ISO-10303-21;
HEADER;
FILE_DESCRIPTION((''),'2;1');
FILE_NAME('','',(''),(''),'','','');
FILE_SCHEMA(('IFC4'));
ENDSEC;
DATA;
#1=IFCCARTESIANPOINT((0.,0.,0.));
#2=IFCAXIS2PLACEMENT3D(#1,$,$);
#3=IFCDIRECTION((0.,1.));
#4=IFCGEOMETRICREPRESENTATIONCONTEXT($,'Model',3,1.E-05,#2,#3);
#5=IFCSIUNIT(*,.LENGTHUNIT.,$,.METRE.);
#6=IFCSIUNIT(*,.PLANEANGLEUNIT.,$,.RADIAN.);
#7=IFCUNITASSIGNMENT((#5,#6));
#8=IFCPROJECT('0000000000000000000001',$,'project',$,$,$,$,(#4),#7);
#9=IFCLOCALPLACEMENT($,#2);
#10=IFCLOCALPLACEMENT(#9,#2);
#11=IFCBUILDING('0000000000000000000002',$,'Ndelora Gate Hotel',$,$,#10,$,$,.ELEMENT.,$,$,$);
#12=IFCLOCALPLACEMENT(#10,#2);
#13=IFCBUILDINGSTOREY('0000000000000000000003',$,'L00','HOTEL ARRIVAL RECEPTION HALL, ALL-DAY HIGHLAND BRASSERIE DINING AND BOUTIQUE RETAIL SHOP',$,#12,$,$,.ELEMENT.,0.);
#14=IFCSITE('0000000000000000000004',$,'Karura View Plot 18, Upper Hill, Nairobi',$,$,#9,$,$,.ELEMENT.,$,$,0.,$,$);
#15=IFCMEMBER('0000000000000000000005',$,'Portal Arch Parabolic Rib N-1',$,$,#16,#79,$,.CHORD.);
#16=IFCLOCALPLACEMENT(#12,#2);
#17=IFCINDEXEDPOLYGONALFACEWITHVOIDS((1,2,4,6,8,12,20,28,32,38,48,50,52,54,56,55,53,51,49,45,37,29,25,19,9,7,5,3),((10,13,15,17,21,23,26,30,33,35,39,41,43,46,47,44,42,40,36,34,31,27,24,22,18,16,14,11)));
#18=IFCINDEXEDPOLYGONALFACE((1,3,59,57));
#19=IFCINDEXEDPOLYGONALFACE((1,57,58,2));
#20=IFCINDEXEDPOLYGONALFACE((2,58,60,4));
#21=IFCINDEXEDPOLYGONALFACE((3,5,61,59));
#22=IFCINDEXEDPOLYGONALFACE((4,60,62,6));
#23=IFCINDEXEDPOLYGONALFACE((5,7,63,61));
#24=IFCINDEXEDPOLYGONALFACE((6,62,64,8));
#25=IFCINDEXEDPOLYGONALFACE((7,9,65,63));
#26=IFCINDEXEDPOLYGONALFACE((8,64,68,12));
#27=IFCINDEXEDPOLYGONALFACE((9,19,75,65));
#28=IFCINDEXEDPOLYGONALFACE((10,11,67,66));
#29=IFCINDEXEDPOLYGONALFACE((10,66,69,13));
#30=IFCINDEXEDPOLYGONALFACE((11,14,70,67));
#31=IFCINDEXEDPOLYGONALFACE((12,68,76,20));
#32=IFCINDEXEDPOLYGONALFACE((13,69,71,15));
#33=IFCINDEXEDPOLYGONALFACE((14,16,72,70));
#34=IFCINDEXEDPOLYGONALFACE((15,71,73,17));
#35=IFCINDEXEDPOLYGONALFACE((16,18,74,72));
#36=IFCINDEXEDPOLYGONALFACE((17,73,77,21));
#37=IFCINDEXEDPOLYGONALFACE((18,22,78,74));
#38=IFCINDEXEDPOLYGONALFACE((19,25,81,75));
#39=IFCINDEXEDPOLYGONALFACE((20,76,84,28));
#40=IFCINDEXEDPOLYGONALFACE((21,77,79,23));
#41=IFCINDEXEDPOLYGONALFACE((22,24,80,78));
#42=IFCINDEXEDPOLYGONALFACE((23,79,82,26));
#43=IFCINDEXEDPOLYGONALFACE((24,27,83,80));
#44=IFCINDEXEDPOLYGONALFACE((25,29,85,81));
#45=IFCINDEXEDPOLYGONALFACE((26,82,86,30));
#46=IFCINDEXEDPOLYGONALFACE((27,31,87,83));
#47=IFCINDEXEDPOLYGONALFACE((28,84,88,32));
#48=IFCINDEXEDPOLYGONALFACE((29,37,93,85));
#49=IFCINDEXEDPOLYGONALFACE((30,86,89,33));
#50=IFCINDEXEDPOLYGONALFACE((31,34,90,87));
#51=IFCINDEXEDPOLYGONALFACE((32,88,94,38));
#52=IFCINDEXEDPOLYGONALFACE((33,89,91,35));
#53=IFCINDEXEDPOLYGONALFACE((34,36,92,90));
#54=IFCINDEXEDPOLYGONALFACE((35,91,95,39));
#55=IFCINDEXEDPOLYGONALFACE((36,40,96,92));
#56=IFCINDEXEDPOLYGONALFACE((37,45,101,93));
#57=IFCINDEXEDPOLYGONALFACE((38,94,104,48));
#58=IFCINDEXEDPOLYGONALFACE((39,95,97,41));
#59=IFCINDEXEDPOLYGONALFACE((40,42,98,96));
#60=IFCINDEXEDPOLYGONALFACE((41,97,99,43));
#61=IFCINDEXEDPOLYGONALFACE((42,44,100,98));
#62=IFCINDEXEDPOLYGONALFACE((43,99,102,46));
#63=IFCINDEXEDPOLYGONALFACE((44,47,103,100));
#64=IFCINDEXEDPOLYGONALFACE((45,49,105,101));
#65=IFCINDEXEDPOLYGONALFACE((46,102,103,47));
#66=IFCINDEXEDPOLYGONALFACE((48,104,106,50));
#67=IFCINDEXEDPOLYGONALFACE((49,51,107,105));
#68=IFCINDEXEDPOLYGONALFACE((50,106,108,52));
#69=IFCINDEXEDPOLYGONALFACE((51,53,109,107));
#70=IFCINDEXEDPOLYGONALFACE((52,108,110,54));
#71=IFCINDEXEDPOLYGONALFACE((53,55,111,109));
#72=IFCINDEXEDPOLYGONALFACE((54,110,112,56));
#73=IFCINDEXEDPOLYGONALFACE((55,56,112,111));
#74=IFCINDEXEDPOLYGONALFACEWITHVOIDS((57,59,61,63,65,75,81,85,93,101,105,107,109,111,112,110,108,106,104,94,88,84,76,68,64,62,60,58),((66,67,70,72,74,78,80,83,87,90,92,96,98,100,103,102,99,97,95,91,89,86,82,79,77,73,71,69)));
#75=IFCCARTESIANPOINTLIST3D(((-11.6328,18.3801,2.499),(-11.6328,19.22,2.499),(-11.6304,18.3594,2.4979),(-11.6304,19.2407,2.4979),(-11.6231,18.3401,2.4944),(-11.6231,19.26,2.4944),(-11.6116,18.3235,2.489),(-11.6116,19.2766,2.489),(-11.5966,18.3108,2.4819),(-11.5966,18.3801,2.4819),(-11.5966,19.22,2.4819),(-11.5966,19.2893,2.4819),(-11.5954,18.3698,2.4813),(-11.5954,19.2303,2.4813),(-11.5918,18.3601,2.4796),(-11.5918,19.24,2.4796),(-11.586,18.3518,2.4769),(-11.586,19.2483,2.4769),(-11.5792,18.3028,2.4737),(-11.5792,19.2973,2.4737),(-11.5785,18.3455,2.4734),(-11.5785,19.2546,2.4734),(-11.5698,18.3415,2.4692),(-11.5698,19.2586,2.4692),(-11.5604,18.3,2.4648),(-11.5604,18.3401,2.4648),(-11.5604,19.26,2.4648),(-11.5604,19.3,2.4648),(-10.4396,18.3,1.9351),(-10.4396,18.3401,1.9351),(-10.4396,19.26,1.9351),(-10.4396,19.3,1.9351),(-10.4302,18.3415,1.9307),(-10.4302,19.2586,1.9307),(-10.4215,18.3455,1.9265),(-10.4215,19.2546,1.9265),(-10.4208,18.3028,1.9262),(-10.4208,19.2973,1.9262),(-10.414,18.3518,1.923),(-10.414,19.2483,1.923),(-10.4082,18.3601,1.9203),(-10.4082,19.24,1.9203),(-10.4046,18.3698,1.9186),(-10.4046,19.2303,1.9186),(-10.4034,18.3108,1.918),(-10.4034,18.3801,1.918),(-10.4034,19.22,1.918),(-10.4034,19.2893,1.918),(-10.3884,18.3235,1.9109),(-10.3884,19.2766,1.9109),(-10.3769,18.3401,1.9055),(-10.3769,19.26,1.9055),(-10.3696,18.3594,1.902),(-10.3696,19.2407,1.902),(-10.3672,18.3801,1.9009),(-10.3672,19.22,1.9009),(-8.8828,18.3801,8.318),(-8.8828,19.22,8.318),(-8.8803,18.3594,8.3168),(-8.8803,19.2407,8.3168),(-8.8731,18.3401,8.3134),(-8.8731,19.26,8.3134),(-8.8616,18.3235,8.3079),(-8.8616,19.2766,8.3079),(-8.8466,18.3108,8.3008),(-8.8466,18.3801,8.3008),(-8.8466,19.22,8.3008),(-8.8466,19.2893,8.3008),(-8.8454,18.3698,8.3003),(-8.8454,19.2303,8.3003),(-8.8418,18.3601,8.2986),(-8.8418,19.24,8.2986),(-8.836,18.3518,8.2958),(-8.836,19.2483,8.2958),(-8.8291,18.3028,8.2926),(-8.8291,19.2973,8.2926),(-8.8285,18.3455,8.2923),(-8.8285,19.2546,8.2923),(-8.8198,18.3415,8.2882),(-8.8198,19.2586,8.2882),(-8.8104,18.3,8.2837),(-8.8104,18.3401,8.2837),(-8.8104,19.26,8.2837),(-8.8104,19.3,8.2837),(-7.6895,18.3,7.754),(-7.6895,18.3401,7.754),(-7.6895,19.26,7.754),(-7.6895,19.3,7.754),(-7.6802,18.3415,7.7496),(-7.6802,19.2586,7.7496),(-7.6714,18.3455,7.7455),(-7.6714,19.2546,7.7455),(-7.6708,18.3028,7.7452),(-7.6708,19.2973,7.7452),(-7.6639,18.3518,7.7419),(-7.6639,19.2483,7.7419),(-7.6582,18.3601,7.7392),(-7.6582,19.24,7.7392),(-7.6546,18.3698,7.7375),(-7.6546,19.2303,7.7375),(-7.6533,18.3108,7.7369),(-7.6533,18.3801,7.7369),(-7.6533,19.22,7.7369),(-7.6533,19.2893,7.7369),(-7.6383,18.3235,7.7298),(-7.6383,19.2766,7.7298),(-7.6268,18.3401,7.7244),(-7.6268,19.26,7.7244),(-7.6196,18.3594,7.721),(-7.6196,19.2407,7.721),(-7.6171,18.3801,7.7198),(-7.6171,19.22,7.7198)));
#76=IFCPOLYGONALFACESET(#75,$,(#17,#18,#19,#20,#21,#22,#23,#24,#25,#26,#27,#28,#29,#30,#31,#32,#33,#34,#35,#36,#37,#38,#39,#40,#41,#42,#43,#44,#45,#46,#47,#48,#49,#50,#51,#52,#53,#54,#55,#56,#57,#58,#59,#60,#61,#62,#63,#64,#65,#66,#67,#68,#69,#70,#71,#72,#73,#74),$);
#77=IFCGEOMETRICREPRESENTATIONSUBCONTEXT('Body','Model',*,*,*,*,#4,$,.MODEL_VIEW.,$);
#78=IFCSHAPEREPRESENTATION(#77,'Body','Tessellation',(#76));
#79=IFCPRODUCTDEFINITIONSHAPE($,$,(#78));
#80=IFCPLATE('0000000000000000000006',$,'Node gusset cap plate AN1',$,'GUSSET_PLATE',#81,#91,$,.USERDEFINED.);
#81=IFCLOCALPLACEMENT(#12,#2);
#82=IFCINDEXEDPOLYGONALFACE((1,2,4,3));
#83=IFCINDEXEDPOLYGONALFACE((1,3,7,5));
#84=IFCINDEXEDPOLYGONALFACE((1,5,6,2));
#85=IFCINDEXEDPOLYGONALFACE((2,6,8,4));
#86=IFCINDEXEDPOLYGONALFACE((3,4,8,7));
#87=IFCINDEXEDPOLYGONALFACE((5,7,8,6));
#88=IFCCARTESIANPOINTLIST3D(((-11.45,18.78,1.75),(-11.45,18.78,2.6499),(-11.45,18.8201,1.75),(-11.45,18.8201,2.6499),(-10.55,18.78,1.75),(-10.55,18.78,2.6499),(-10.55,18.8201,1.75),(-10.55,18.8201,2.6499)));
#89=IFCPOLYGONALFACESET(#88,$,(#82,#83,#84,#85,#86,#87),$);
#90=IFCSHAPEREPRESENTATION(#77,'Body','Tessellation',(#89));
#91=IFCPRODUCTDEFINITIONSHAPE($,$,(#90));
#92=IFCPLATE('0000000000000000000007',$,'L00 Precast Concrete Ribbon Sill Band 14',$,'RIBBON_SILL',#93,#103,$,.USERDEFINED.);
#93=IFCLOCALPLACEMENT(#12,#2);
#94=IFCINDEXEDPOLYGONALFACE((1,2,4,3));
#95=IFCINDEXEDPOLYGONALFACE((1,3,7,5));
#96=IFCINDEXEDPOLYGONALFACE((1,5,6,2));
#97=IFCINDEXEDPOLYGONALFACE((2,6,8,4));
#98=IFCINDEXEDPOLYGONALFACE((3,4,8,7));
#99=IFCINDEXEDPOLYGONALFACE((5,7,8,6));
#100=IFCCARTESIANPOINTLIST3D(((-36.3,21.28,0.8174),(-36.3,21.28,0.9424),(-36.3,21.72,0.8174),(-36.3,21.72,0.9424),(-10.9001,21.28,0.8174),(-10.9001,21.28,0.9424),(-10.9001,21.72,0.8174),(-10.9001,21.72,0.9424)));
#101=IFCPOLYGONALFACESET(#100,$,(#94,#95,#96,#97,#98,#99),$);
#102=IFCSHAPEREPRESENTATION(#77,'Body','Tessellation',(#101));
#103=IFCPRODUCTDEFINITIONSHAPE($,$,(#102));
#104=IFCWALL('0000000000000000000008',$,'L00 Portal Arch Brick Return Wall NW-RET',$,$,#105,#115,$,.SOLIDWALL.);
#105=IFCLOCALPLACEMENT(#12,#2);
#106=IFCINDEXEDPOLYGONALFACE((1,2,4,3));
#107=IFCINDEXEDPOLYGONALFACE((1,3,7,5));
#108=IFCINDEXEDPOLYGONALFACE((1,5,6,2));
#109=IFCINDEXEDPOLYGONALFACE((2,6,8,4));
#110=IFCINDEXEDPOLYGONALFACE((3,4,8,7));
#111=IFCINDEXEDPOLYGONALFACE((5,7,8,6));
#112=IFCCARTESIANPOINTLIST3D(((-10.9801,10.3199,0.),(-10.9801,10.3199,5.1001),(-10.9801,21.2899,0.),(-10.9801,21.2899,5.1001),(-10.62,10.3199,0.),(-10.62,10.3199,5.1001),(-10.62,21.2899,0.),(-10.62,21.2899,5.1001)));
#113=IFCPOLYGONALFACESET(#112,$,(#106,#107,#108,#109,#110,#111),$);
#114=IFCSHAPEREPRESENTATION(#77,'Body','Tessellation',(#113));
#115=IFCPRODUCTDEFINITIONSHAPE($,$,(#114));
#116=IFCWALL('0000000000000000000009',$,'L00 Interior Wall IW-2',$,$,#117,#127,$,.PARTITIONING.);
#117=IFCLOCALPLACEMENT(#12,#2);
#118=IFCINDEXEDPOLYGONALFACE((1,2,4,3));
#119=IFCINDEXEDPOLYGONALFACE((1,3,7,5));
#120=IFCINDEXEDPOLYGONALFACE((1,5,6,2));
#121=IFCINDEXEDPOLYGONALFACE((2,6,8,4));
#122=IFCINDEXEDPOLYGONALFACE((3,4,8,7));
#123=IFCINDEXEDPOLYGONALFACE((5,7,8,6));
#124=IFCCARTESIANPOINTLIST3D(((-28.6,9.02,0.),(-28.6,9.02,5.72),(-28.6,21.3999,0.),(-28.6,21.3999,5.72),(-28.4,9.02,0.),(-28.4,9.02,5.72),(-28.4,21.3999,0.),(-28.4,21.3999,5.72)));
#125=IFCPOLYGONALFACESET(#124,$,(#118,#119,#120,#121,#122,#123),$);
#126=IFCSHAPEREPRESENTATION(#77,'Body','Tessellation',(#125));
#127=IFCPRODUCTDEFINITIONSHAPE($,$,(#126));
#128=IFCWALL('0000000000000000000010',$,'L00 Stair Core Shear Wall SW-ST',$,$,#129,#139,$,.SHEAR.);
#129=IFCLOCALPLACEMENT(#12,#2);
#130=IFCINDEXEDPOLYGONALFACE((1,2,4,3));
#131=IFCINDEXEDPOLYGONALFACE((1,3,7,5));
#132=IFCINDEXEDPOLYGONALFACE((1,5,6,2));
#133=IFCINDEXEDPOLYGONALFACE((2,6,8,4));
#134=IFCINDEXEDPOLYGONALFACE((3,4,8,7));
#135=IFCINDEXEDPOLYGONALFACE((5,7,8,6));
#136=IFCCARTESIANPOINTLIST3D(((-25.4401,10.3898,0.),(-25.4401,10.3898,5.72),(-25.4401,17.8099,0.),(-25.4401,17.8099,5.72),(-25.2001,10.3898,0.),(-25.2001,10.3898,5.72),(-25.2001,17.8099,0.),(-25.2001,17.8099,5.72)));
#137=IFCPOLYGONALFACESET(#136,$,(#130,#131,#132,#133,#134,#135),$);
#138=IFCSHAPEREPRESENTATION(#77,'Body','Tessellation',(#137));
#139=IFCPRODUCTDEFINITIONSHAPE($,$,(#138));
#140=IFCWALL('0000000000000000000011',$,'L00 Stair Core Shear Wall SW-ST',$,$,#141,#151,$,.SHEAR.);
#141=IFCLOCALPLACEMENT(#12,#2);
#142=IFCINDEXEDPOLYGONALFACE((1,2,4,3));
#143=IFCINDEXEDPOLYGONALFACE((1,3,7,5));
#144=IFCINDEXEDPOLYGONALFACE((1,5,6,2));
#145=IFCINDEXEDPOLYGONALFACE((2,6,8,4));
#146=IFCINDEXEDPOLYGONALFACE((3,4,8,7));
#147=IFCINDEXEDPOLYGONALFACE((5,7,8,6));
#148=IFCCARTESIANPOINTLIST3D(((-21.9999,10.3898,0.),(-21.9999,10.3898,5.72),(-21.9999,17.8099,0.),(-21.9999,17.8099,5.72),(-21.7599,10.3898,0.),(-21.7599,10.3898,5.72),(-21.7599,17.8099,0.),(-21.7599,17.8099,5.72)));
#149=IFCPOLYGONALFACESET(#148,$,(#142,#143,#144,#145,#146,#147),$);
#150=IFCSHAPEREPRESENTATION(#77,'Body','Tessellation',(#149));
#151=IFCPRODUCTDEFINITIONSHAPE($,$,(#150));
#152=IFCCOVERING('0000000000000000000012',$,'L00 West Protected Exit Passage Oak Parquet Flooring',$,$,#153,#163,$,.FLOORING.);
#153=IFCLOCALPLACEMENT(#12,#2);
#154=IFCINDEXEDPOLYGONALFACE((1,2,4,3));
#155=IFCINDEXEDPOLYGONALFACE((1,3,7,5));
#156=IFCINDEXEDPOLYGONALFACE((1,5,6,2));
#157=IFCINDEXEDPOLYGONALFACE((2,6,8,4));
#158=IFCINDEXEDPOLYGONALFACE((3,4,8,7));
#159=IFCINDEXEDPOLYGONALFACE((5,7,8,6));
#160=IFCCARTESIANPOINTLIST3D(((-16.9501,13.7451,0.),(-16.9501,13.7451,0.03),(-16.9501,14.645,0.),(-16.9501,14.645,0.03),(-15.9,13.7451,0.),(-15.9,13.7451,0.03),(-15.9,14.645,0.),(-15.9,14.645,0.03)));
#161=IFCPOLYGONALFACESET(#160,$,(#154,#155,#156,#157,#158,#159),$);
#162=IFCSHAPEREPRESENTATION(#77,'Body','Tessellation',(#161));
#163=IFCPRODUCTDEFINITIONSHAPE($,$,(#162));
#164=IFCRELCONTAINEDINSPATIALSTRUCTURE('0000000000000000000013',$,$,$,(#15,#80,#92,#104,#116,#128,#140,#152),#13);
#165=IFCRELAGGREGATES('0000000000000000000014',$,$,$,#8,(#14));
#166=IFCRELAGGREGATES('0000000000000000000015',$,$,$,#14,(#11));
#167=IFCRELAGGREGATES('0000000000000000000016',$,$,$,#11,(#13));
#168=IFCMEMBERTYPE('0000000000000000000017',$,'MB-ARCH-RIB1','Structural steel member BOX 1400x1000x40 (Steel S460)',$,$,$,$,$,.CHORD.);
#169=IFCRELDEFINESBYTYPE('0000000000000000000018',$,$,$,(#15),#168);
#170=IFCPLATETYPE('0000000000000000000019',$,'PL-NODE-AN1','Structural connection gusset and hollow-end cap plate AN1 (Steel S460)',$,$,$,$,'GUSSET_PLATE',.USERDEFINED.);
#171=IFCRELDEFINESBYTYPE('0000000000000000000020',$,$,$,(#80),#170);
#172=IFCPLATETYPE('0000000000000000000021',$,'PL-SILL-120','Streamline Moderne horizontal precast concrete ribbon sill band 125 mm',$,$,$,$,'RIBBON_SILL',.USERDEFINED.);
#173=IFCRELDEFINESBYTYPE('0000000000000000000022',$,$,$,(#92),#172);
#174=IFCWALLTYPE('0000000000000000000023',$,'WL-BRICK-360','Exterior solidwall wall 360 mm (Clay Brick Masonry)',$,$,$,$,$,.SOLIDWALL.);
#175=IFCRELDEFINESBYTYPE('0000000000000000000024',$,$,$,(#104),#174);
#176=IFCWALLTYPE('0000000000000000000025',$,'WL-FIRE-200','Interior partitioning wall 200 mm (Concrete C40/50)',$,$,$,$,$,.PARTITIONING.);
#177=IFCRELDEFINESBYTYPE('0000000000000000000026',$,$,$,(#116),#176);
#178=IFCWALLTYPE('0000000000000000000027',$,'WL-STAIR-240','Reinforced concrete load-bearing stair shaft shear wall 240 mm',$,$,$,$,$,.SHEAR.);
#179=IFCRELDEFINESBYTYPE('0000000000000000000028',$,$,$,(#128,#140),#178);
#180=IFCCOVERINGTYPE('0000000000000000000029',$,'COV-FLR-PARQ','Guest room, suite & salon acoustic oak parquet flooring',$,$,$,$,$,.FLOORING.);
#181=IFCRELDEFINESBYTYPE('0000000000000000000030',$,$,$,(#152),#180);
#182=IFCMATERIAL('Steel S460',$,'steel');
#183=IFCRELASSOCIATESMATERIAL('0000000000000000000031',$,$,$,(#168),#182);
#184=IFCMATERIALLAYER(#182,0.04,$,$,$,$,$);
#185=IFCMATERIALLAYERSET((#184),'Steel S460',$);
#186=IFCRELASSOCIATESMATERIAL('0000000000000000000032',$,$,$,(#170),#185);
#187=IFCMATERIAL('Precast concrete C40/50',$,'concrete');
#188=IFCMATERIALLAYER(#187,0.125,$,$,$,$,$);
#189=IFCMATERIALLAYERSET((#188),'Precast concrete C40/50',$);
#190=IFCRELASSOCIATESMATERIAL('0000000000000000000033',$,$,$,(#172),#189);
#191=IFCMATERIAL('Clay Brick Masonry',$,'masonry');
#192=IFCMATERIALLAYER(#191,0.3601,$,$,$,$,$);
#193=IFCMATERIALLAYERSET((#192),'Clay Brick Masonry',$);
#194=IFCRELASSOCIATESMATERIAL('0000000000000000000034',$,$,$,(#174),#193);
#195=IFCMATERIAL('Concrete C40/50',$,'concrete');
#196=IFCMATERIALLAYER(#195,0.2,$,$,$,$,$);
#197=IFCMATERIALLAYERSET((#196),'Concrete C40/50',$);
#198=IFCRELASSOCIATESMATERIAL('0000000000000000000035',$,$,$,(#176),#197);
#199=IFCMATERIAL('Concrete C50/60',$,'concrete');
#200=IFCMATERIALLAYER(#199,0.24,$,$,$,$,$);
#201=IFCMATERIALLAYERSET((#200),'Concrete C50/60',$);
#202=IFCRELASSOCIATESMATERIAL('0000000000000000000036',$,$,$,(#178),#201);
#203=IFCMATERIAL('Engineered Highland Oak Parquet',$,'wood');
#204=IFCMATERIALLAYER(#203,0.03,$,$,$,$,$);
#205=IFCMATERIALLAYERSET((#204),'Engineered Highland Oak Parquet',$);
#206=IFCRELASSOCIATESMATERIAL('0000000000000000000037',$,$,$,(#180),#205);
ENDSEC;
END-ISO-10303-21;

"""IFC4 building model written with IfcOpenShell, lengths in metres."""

from ifc_helpers import new_model, si_unit, direction, frame, frame_2d, origin, origin_2d, place, context, subcontext, project, spatial, rectangle, hollow_rectangle, extrude, material, layer, layer_set, material_profile, profile_set, type_object, element, save


model = new_model("IFC4")

# Units and contexts
model_context = context("Model", 3, precision=1e-05, world=origin(), true_north=direction((0.0, 1.0)))
body_context = subcontext(model_context, "Body", "Model", "MODEL_VIEW")
ifc_project = project(units=[si_unit("LENGTHUNIT", "METRE"), si_unit("PLANEANGLEUNIT", "RADIAN")], contexts=[model_context])

# Site, building, storey
site_placement = place(None, origin())
site = spatial("IfcSite", under=ifc_project, at=site_placement, Name="Karura View Plot 18, Upper Hill, Nairobi", CompositionType="ELEMENT", RefElevation=0.0)
building_placement = place(site_placement, origin())
building = spatial("IfcBuilding", under=site, at=building_placement, Name="Ndelora Gate Hotel", CompositionType="ELEMENT")
storey_placement = place(building_placement, origin())
storey = spatial("IfcBuildingStorey", under=building, at=storey_placement, Name="L00", Description="HOTEL ARRIVAL RECEPTION HALL, ALL-DAY HIGHLAND BRASSERIE DINING AND BOUTIQUE RETAIL SHOP", CompositionType="ELEMENT", Elevation=0.0)

# Shared definitions
ifc_material_1 = material(Name="Concrete C50/60", Category="concrete")

# Member
ifc_material_2 = material(Name="Steel S460", Category="steel")
ifc_material_profile_1 = material_profile(ifc_material_2, hollow_rectangle(XDim=1.0, YDim=1.3999, WallThickness=0.04, InnerFilletRadius=0.04, OuterFilletRadius=0.0801, at=origin_2d()), Name="BOX 1400x1000x40")
ifc_profile_set_1 = profile_set([ifc_material_profile_1], Name="Steel S460")
member_type = type_object("IfcMemberType", Name="MB-ARCH-RIB1", Description="Structural steel member BOX 1400x1000x40 (Steel S460)", PredefinedType="CHORD", material=ifc_profile_set_1)
member_placement = place(storey_placement, frame((-11.0, 18.8, 2.2), z_axis=(0.427287, 0.0, 0.904116), x_axis=(0.0, 1.0, 0.0)))
element("IfcMember", 1, at=member_placement, inside=storey, type_object=member_type, Name="Portal Arch Parabolic Rib N-1", PredefinedType="CHORD", context=body_context, shape_type="SweptSolid", body=[
    extrude(hollow_rectangle(XDim=1.0, YDim=1.3999, WallThickness=0.04, InnerFilletRadius=0.04, OuterFilletRadius=0.0801, at=origin_2d()), origin(), (0.0, 0.0, 1.0), 6.436),
])

# Plates
ifc_layer_1 = layer(ifc_material_2, 0.04)
ifc_layer_set_1 = layer_set([ifc_layer_1], Name="Steel S460")
plate_type_1 = type_object("IfcPlateType", Name="PL-NODE-AN1", Description="Structural connection gusset and hollow-end cap plate AN1 (Steel S460)", ElementType="GUSSET_PLATE", PredefinedType="USERDEFINED", material=ifc_layer_set_1)
plate_1_placement = place(storey_placement, frame((-11.0, 18.8, 1.75), z_axis=(0.0, 0.0, 1.0), x_axis=(1.0, 0.0, 0.0)))
element("IfcPlate", 2, at=plate_1_placement, inside=storey, type_object=plate_type_1, Name="Node gusset cap plate AN1", ObjectType="GUSSET_PLATE", PredefinedType="USERDEFINED", context=body_context, shape_type="SweptSolid", body=[
    extrude(rectangle(XDim=0.8999, YDim=0.04, at=origin_2d()), origin(), (0.0, 0.0, 1.0), 0.8999),
])
ifc_material_3 = material(Name="Precast concrete C40/50", Category="concrete")
ifc_layer_2 = layer(ifc_material_3, 0.125)
ifc_layer_set_2 = layer_set([ifc_layer_2], Name="Precast concrete C40/50")
plate_type_2 = type_object("IfcPlateType", Name="PL-SILL-120", Description="Streamline Moderne horizontal precast concrete ribbon sill band 125 mm", ElementType="RIBBON_SILL", PredefinedType="USERDEFINED", material=ifc_layer_set_2)
plate_2_placement = place(storey_placement, frame((-23.6001, 21.5, 0.8174), z_axis=(0.0, 0.0, 1.0), x_axis=(1.0, 0.0, 0.0)))
element("IfcPlate", 3, at=plate_2_placement, inside=storey, type_object=plate_type_2, Name="L00 Precast Concrete Ribbon Sill Band 14", ObjectType="RIBBON_SILL", PredefinedType="USERDEFINED", context=body_context, shape_type="SweptSolid", body=[
    extrude(rectangle(XDim=25.3999, YDim=0.4399, at=origin_2d()), origin(), (0.0, 0.0, 1.0), 0.125),
])

# Walls
ifc_material_4 = material(Name="Clay Brick Masonry", Category="masonry")
ifc_layer_3 = layer(ifc_material_4, 0.3601)
ifc_layer_set_3 = layer_set([ifc_layer_3], Name="Clay Brick Masonry")
wall_type_1 = type_object("IfcWallType", Name="WL-BRICK-360", Description="Exterior solidwall wall 360 mm (Clay Brick Masonry)", PredefinedType="SOLIDWALL", material=ifc_layer_set_3)
wall_1_placement = place(storey_placement, frame((-10.8, 10.3201, 0.0), z_axis=(0.0, 0.0, 1.0), x_axis=(0.0, 1.0, 0.0)))
element("IfcWall", 4, at=wall_1_placement, inside=storey, type_object=wall_type_1, Name="L00 Portal Arch Brick Return Wall NW-RET", PredefinedType="SOLIDWALL", context=body_context, shape_type="SweptSolid", body=[
    extrude(rectangle(XDim=10.97, YDim=0.3601, at=frame_2d((5.4849, 0.0))), origin(), (0.0, 0.0, 1.0), 5.1001),
])
ifc_material_5 = material(Name="Concrete C40/50", Category="concrete")
ifc_layer_4 = layer(ifc_material_5, 0.2)
ifc_layer_set_4 = layer_set([ifc_layer_4], Name="Concrete C40/50")
wall_type_2 = type_object("IfcWallType", Name="WL-FIRE-200", Description="Interior partitioning wall 200 mm (Concrete C40/50)", PredefinedType="PARTITIONING", material=ifc_layer_set_4)
wall_2_placement = place(storey_placement, frame((-28.5, 21.3999, 0.0), z_axis=(0.0, 0.0, 1.0), x_axis=(0.0, -1.0, 0.0)))
element("IfcWall", 5, at=wall_2_placement, inside=storey, type_object=wall_type_2, Name="L00 Interior Wall IW-2", PredefinedType="PARTITIONING", context=body_context, shape_type="SweptSolid", body=[
    extrude(rectangle(XDim=12.3799, YDim=0.2, at=frame_2d((6.1899, 0.0))), origin(), (0.0, 0.0, 1.0), 5.72),
])
ifc_layer_5 = layer(ifc_material_1, 0.24)
ifc_layer_set_5 = layer_set([ifc_layer_5], Name="Concrete C50/60")
wall_type_3 = type_object("IfcWallType", Name="WL-STAIR-240", Description="Reinforced concrete load-bearing stair shaft shear wall 240 mm", PredefinedType="SHEAR", material=ifc_layer_set_5)
for number, where, z_axis, x_axis, name in (
    (6, (-25.3201, 10.3899, 0.0), (0.0, 0.0, 1.0), (0.0, 1.0, 0.0), "L00 Stair Core Shear Wall SW-ST"),
    (7, (-21.8799, 10.3899, 0.0), (0.0, 0.0, 1.0), (0.0, 1.0, 0.0), "L00 Stair Core Shear Wall SW-ST"),
):
    element("IfcWall", number, at=place(storey_placement, frame(where, z_axis=z_axis, x_axis=x_axis)), inside=storey, type_object=wall_type_3, Name=name, PredefinedType="SHEAR", context=body_context, shape_type="SweptSolid", body=[
        extrude(rectangle(XDim=7.4202, YDim=0.24, at=frame_2d((3.71, 0.0))), origin(), (0.0, 0.0, 1.0), 5.72),
    ])

# Covering
ifc_material_6 = material(Name="Engineered Highland Oak Parquet", Category="wood")
ifc_layer_6 = layer(ifc_material_6, 0.03)
ifc_layer_set_6 = layer_set([ifc_layer_6], Name="Engineered Highland Oak Parquet")
covering_type = type_object("IfcCoveringType", Name="COV-FLR-PARQ", Description="Guest room, suite & salon acoustic oak parquet flooring", PredefinedType="FLOORING", material=ifc_layer_set_6)
covering_placement = place(storey_placement, frame((-16.425, 14.1951, 0.0), z_axis=(0.0, 0.0, 1.0), x_axis=(1.0, 0.0, 0.0)))
element("IfcCovering", 8, at=covering_placement, inside=storey, type_object=covering_type, Name="L00 West Protected Exit Passage Oak Parquet Flooring", PredefinedType="FLOORING", context=body_context, shape_type="SweptSolid", body=[
    extrude(rectangle(XDim=1.05, YDim=0.8999, at=origin_2d()), origin(), (0.0, 0.0, 1.0), 0.03),
])

save(model, "model.ifc")
